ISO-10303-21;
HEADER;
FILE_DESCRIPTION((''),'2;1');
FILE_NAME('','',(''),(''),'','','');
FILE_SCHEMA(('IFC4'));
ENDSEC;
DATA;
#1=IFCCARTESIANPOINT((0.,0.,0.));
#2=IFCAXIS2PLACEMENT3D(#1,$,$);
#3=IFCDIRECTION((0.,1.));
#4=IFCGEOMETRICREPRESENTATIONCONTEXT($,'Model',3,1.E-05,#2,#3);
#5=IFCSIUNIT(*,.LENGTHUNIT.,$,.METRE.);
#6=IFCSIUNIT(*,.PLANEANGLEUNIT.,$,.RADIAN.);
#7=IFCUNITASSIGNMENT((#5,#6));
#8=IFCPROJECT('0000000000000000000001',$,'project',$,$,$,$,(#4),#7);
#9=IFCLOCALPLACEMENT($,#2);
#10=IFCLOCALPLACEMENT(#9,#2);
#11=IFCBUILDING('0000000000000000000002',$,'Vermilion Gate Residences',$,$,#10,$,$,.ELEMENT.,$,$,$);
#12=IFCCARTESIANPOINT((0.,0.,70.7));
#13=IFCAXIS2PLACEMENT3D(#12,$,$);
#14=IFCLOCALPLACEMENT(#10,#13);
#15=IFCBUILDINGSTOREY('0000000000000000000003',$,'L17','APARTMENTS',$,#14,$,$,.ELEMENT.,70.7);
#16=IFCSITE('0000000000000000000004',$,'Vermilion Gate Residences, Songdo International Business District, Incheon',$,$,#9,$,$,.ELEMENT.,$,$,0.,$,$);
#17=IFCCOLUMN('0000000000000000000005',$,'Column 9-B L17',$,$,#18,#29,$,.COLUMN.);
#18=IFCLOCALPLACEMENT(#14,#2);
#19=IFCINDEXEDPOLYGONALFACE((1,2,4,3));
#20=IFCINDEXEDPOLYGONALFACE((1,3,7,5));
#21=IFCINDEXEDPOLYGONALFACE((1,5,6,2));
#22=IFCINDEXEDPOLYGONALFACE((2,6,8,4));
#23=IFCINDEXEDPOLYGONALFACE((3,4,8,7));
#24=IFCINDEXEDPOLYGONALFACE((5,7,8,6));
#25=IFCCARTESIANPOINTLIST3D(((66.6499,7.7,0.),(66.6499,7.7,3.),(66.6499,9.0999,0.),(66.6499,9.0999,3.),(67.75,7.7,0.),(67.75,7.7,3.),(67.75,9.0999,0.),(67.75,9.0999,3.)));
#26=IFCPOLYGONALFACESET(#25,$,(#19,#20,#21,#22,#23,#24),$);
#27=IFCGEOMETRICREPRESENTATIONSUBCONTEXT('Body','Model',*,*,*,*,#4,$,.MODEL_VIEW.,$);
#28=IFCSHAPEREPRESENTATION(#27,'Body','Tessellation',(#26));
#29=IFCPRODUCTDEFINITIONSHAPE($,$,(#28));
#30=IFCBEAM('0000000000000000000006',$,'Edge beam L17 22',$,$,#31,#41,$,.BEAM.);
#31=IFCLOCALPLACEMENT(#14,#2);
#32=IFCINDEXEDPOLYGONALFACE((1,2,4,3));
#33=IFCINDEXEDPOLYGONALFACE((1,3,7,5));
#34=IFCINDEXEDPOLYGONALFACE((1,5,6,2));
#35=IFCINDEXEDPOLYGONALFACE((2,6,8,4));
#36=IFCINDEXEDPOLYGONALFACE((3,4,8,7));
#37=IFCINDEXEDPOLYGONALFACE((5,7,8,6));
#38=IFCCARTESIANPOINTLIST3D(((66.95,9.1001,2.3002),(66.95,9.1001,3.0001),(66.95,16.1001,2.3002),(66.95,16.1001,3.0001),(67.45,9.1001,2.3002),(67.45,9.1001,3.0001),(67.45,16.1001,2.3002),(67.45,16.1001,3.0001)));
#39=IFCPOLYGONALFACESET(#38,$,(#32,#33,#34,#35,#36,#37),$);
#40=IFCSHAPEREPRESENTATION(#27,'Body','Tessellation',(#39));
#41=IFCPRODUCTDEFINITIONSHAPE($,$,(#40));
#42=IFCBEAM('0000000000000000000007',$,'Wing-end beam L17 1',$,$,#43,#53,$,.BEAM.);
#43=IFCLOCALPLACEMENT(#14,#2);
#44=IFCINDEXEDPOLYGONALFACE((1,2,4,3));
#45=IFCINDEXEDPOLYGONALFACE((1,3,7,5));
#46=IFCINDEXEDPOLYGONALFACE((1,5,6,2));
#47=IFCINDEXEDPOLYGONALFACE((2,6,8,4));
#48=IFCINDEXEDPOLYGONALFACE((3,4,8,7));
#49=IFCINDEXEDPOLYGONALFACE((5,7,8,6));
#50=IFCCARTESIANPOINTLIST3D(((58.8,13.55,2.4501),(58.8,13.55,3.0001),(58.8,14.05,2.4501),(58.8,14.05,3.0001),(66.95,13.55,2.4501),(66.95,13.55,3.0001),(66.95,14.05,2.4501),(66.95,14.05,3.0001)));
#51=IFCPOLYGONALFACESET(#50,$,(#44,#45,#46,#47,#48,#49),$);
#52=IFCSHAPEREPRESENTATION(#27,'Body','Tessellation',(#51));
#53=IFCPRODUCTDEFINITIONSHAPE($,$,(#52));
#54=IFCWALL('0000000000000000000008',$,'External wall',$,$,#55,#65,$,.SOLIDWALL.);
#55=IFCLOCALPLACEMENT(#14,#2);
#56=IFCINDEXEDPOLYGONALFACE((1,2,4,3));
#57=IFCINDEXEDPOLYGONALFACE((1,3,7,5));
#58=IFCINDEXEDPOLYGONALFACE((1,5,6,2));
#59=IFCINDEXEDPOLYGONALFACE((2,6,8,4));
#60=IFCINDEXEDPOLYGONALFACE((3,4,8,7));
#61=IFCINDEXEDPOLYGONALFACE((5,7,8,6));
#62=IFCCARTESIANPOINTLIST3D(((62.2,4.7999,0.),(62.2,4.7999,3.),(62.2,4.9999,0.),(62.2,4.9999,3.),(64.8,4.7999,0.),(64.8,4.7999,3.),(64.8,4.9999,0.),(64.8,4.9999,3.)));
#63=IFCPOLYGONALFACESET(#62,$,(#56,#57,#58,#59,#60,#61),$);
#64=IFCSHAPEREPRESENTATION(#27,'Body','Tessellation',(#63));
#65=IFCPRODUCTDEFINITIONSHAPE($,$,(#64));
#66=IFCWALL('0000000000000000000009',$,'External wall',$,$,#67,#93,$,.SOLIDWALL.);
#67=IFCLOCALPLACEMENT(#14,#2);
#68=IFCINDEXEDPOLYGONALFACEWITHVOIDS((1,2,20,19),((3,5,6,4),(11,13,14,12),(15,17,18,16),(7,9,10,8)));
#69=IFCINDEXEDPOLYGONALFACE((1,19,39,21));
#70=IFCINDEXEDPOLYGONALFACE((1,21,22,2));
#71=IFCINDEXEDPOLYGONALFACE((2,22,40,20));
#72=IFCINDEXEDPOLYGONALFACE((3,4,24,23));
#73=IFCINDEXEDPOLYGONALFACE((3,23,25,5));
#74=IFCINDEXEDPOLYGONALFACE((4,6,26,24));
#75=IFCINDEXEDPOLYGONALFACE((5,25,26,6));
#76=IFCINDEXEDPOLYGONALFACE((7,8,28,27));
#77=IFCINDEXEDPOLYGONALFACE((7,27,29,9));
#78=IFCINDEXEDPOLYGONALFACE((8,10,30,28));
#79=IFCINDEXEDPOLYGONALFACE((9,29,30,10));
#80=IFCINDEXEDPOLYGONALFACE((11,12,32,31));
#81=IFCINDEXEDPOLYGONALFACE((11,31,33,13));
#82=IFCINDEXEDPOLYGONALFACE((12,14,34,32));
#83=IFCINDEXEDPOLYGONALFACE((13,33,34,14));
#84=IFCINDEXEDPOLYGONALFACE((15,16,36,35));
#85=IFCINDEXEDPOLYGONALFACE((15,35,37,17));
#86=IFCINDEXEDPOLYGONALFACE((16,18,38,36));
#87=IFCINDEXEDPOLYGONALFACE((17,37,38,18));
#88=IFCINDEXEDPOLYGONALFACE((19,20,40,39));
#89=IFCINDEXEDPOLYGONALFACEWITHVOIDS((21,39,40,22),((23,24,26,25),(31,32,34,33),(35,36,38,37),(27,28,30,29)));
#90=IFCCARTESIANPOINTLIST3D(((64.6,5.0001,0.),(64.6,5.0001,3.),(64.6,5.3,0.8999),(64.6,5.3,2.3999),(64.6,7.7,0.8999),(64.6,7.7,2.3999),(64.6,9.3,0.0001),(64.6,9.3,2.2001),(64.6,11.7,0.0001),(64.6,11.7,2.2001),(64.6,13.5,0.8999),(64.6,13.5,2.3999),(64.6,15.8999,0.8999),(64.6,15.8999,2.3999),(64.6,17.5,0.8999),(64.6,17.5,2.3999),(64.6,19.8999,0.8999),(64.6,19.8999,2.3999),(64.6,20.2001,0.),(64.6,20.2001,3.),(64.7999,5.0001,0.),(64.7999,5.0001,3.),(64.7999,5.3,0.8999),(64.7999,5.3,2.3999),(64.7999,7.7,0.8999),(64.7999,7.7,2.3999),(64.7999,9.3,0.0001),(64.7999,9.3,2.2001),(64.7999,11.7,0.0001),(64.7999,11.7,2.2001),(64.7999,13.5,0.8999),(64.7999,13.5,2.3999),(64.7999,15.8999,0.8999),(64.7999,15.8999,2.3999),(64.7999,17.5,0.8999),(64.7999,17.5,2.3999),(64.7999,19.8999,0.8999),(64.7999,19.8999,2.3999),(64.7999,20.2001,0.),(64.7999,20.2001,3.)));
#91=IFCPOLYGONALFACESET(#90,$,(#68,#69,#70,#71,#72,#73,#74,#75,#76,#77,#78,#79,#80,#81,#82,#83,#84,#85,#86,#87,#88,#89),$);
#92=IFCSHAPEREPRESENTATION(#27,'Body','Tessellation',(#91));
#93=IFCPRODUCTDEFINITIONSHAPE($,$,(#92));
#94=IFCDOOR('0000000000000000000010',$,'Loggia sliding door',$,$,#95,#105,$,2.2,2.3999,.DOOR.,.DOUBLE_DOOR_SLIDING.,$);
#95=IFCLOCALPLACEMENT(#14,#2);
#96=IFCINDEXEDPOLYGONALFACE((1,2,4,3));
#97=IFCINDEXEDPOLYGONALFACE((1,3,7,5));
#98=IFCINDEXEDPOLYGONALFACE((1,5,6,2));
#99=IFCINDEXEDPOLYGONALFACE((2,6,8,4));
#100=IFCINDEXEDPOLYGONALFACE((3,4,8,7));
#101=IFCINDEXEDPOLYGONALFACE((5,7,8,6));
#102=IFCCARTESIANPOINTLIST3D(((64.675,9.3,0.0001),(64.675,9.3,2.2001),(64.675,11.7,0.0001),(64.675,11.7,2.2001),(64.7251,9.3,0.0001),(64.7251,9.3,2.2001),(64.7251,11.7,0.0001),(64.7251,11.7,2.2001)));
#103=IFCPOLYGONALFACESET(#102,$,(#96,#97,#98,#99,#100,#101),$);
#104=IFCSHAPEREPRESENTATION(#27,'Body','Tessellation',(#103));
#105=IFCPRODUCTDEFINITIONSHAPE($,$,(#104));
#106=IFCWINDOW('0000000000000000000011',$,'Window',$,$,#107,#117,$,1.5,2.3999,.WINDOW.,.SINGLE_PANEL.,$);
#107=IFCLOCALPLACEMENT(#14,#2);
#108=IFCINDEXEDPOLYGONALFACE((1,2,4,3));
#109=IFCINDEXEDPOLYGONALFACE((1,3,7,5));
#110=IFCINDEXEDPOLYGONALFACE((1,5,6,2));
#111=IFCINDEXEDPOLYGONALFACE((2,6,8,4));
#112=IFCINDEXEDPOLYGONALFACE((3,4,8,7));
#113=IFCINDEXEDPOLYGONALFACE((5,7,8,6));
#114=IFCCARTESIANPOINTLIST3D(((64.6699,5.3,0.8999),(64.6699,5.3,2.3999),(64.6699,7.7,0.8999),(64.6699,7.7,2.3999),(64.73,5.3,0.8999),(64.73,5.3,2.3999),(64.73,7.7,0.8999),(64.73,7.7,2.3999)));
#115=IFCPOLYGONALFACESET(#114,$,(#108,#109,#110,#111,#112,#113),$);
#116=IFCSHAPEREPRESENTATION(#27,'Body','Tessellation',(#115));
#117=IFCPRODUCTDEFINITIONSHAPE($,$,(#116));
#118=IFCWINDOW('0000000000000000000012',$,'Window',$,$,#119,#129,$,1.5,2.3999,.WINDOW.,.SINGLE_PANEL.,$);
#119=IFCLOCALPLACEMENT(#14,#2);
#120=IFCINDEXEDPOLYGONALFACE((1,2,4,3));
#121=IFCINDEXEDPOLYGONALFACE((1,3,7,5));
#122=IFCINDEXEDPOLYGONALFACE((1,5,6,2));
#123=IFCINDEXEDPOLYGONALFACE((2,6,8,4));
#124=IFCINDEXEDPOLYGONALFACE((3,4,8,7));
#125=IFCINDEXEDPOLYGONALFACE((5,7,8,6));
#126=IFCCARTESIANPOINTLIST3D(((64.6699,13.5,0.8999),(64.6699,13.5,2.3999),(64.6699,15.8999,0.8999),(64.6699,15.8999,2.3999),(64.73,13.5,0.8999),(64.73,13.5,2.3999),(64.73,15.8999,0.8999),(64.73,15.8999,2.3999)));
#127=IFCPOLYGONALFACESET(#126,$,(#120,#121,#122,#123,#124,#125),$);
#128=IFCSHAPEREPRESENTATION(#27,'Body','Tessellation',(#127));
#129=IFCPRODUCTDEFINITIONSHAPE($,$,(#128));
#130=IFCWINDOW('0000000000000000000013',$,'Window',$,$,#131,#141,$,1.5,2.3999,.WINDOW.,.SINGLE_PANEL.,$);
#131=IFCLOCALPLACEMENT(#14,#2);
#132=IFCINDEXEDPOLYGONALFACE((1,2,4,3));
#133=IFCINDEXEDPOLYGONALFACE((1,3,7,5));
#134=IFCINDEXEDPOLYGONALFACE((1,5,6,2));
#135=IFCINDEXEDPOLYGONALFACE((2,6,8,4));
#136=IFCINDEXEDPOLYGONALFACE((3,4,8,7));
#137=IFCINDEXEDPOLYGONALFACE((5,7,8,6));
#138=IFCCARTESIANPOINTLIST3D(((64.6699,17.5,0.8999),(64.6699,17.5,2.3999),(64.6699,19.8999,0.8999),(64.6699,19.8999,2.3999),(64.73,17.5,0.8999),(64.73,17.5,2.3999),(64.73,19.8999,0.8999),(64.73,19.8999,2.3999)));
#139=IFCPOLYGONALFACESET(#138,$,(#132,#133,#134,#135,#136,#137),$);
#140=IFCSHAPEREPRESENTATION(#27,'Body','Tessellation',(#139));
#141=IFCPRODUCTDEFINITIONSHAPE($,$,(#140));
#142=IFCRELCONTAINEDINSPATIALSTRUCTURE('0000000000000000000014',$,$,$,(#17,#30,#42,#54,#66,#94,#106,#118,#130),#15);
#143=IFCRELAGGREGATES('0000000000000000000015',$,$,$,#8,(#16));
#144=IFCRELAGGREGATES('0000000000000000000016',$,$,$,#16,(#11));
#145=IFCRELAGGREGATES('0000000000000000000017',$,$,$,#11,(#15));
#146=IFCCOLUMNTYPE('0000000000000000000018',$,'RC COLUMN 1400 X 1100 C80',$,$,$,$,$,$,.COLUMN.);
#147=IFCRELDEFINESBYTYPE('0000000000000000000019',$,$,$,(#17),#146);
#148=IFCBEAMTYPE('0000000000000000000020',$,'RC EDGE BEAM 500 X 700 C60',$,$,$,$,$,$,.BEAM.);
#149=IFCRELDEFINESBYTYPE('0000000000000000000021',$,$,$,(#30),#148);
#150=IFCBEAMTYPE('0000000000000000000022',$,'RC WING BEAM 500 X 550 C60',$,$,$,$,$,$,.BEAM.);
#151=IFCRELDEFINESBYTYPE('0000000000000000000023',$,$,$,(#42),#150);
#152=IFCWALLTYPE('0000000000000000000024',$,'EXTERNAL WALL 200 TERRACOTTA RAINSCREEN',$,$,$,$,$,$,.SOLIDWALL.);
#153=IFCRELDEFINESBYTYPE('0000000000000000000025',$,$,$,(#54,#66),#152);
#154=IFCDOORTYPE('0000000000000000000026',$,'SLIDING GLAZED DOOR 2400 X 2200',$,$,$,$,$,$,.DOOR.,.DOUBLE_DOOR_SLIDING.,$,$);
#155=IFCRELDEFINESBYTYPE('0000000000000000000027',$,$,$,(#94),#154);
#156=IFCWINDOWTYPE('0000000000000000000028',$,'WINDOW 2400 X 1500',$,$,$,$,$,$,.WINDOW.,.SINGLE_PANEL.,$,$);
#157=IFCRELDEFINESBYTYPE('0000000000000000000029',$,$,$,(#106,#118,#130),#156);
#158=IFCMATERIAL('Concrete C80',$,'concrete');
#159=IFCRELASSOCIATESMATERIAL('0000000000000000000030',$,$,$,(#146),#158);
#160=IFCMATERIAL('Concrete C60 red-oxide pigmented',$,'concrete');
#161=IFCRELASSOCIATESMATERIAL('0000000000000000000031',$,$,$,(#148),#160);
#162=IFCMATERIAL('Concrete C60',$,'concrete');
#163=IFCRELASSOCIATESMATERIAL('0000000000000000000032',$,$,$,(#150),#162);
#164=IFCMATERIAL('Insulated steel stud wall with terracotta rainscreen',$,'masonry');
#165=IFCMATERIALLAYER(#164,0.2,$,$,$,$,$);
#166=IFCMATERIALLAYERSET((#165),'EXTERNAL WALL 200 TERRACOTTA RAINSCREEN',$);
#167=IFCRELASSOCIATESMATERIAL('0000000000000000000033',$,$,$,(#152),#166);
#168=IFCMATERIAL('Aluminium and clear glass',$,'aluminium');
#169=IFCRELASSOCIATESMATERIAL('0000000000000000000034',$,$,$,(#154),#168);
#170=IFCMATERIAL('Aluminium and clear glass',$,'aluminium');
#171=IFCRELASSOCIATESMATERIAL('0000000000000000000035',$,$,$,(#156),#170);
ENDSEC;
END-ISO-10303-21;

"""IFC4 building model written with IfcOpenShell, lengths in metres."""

from ifc_helpers import new_model, si_unit, direction, frame, frame_2d, origin, origin_2d, place, context, subcontext, project, spatial, rectangle, extrude, material, layer, layer_set, material_profile, profile_set, type_object, element, fill, save


model = new_model("IFC4")

# Units and contexts
model_context = context("Model", 3, precision=1e-05, world=origin(), true_north=direction((0.0, 1.0)))
body_context = subcontext(model_context, "Body", "Model", "MODEL_VIEW")
ifc_project = project(units=[si_unit("LENGTHUNIT", "METRE"), si_unit("PLANEANGLEUNIT", "RADIAN")], contexts=[model_context])

# Site, building, storey
site_placement = place(None, origin())
site = spatial("IfcSite", under=ifc_project, at=site_placement, Name="Vermilion Gate Residences, Songdo International Business District, Incheon", CompositionType="ELEMENT", RefElevation=0.0)
building_placement = place(site_placement, origin())
building = spatial("IfcBuilding", under=site, at=building_placement, Name="Vermilion Gate Residences", CompositionType="ELEMENT")
storey_placement = place(building_placement, frame((0.0, 0.0, 70.7)))
storey = spatial("IfcBuildingStorey", under=building, at=storey_placement, Name="L17", Description="APARTMENTS", CompositionType="ELEMENT", Elevation=70.7)

# Column
ifc_material_1 = material(Name="Concrete C80", Category="concrete")
ifc_material_profile_1 = material_profile(ifc_material_1, rectangle(XDim=1.3999, YDim=1.1001, at=origin_2d()), Name="RC-1400x1100")
ifc_profile_set_1 = profile_set([ifc_material_profile_1], Name="Concrete C80")
column_type = type_object("IfcColumnType", Name="RC COLUMN 1400 X 1100 C80", PredefinedType="COLUMN", material=ifc_profile_set_1)
column_placement = place(storey_placement, frame((67.2, 8.3999, 0.0), z_axis=(0.0, 0.0, 1.0), x_axis=(0.0, 1.0, 0.0)))
element("IfcColumn", 1, at=column_placement, inside=storey, type_object=column_type, Name="Column 9-B L17", PredefinedType="COLUMN", context=body_context, shape_type="SweptSolid", body=[
    extrude(rectangle(XDim=1.3999, YDim=1.1001, at=origin_2d()), origin(), (0.0, 0.0, 1.0), 3.0),
])

# Beams
ifc_material_2 = material(Name="Concrete C60 red-oxide pigmented", Category="concrete")
ifc_material_profile_2 = material_profile(ifc_material_2, rectangle(XDim=0.5, YDim=0.7, at=origin_2d()), Name="RC-500x700")
ifc_profile_set_2 = profile_set([ifc_material_profile_2], Name="Concrete C60 red-oxide pigmented")
beam_type_1 = type_object("IfcBeamType", Name="RC EDGE BEAM 500 X 700 C60", PredefinedType="BEAM", material=ifc_profile_set_2)
beam_1_placement = place(storey_placement, frame((67.2, 9.1001, 2.6501), z_axis=(0.0, 1.0, 0.0), x_axis=(-1.0, 0.0, 0.0)))
element("IfcBeam", 2, at=beam_1_placement, inside=storey, type_object=beam_type_1, Name="Edge beam L17 22", PredefinedType="BEAM", context=body_context, shape_type="SweptSolid", body=[
    extrude(rectangle(XDim=0.5, YDim=0.7, at=origin_2d()), origin(), (0.0, 0.0, 1.0), 7.0),
])
ifc_material_3 = material(Name="Concrete C60", Category="concrete")
ifc_material_profile_3 = material_profile(ifc_material_3, rectangle(XDim=0.5, YDim=0.55, at=origin_2d()), Name="RC-500x550")
ifc_profile_set_3 = profile_set([ifc_material_profile_3], Name="Concrete C60")
beam_type_2 = type_object("IfcBeamType", Name="RC WING BEAM 500 X 550 C60", PredefinedType="BEAM", material=ifc_profile_set_3)
beam_2_placement = place(storey_placement, frame((58.8, 13.8, 2.7251), z_axis=(1.0, 0.0, 0.0), x_axis=(0.0, 1.0, 0.0)))
element("IfcBeam", 3, at=beam_2_placement, inside=storey, type_object=beam_type_2, Name="Wing-end beam L17 1", PredefinedType="BEAM", context=body_context, shape_type="SweptSolid", body=[
    extrude(rectangle(XDim=0.5, YDim=0.55, at=origin_2d()), origin(), (0.0, 0.0, 1.0), 8.1499),
])

# Wall
ifc_material_4 = material(Name="Insulated steel stud wall with terracotta rainscreen", Category="masonry")
ifc_layer_1 = layer(ifc_material_4, 0.2)
ifc_layer_set_1 = layer_set([ifc_layer_1], Name="EXTERNAL WALL 200 TERRACOTTA RAINSCREEN")
wall_type_1 = type_object("IfcWallType", Name="EXTERNAL WALL 200 TERRACOTTA RAINSCREEN", PredefinedType="SOLIDWALL", material=ifc_layer_set_1)
wall_1_placement = place(storey_placement, frame((62.2, 4.8999, 0.0), z_axis=(0.0, 0.0, 1.0), x_axis=(1.0, 0.0, 0.0)))
element("IfcWall", 4, at=wall_1_placement, inside=storey, type_object=wall_type_1, Name="External wall", PredefinedType="SOLIDWALL", context=body_context, shape_type="SweptSolid", body=[
    extrude(rectangle(XDim=2.6001, YDim=0.2, at=frame_2d((1.3, 0.0))), origin(), (0.0, 0.0, 1.0), 3.0),
])

# Wall, openings, door, windows
wall_2_placement = place(storey_placement, frame((64.7, 5.0, 0.0), z_axis=(0.0, 0.0, 1.0), x_axis=(0.0, 1.0, 0.0)))
wall_2 = element("IfcWall", 5, at=wall_2_placement, inside=storey, type_object=wall_type_1, Name="External wall", PredefinedType="SOLIDWALL", context=body_context, shape_type="SweptSolid", body=[
    extrude(rectangle(XDim=15.2, YDim=0.2, at=frame_2d((7.6001, 0.0))), origin(), (0.0, 0.0, 1.0), 3.0),
])
opening_1_placement = place(wall_2_placement, frame((0.3, 0.0, 0.8999)))
opening_1 = element("IfcOpeningElement", 6, at=opening_1_placement, cuts=wall_2, PredefinedType="OPENING", context=body_context, shape_type="SweptSolid", body=[
    extrude(rectangle(XDim=2.3999, YDim=1.5, at=frame_2d((1.2, 0.75))), frame((0.0, 0.1099, 0.0), z_axis=(0.0, -1.0, 0.0), x_axis=(1.0, 0.0, 0.0)), (0.0, 0.0, 1.0), 0.22),
])
opening_2_placement = place(wall_2_placement, frame((4.3, 0.0, 0.0)))
opening_2 = element("IfcOpeningElement", 7, at=opening_2_placement, cuts=wall_2, PredefinedType="OPENING", context=body_context, shape_type="SweptSolid", body=[
    extrude(rectangle(XDim=2.3999, YDim=2.2, at=frame_2d((1.2, 1.1001))), frame((0.0, 0.1099, 0.0), z_axis=(0.0, -1.0, 0.0), x_axis=(1.0, 0.0, 0.0)), (0.0, 0.0, 1.0), 0.22),
])
opening_3_placement = place(wall_2_placement, frame((8.5, 0.0, 0.8999)))
opening_3 = element("IfcOpeningElement", 8, at=opening_3_placement, cuts=wall_2, PredefinedType="OPENING", context=body_context, shape_type="SweptSolid", body=[
    extrude(rectangle(XDim=2.3999, YDim=1.5, at=frame_2d((1.2, 0.75))), frame((0.0, 0.1099, 0.0), z_axis=(0.0, -1.0, 0.0), x_axis=(1.0, 0.0, 0.0)), (0.0, 0.0, 1.0), 0.22),
])
opening_4_placement = place(wall_2_placement, frame((12.5, 0.0, 0.8999)))
opening_4 = element("IfcOpeningElement", 9, at=opening_4_placement, cuts=wall_2, PredefinedType="OPENING", context=body_context, shape_type="SweptSolid", body=[
    extrude(rectangle(XDim=2.3999, YDim=1.5, at=frame_2d((1.2, 0.75))), frame((0.0, 0.1099, 0.0), z_axis=(0.0, -1.0, 0.0), x_axis=(1.0, 0.0, 0.0)), (0.0, 0.0, 1.0), 0.22),
])
ifc_material_5 = material(Name="Aluminium and clear glass", Category="aluminium")
door_type_1 = type_object("IfcDoorType", Name="SLIDING GLAZED DOOR 2400 X 2200", OperationType="DOUBLE_DOOR_SLIDING", PredefinedType="DOOR", material=ifc_material_5)
door_1_placement = place(opening_2_placement, origin())
door_1 = element("IfcDoor", 10, at=door_1_placement, inside=storey, type_object=door_type_1, Name="Loggia sliding door", OperationType="DOUBLE_DOOR_SLIDING", OverallHeight=2.2, OverallWidth=2.3999, PredefinedType="DOOR", context=body_context, shape_type="SweptSolid", body=[
    extrude(rectangle(XDim=2.3999, YDim=2.2, at=frame_2d((1.2, 1.1001))), frame((0.0, 0.0249, 0.0), z_axis=(0.0, -1.0, 0.0), x_axis=(1.0, 0.0, 0.0)), (0.0, 0.0, 1.0), 0.05),
])
fill(opening_2, door_1)
ifc_material_6 = material(Name="Aluminium and clear glass", Category="aluminium")
window_type = type_object("IfcWindowType", Name="WINDOW 2400 X 1500", PartitioningType="SINGLE_PANEL", PredefinedType="WINDOW", material=ifc_material_6)
window_1_placement = place(opening_1_placement, origin())
window_1 = element("IfcWindow", 11, at=window_1_placement, inside=storey, type_object=window_type, Name="Window", OverallHeight=1.5, OverallWidth=2.3999, PartitioningType="SINGLE_PANEL", PredefinedType="WINDOW", context=body_context, shape_type="SweptSolid", body=[
    extrude(rectangle(XDim=2.3999, YDim=1.5, at=frame_2d((1.2, 0.75))), frame((0.0, 0.03, 0.0), z_axis=(0.0, -1.0, 0.0), x_axis=(1.0, 0.0, 0.0)), (0.0, 0.0, 1.0), 0.0601),
])
fill(opening_1, window_1)
window_2_placement = place(opening_3_placement, origin())
window_2 = element("IfcWindow", 12, at=window_2_placement, inside=storey, type_object=window_type, Name="Window", OverallHeight=1.5, OverallWidth=2.3999, PartitioningType="SINGLE_PANEL", PredefinedType="WINDOW", context=body_context, shape_type="SweptSolid", body=[
    extrude(rectangle(XDim=2.3999, YDim=1.5, at=frame_2d((1.2, 0.75))), frame((0.0, 0.03, 0.0), z_axis=(0.0, -1.0, 0.0), x_axis=(1.0, 0.0, 0.0)), (0.0, 0.0, 1.0), 0.0601),
])
fill(opening_3, window_2)
window_3_placement = place(opening_4_placement, origin())
window_3 = element("IfcWindow", 13, at=window_3_placement, inside=storey, type_object=window_type, Name="Window", OverallHeight=1.5, OverallWidth=2.3999, PartitioningType="SINGLE_PANEL", PredefinedType="WINDOW", context=body_context, shape_type="SweptSolid", body=[
    extrude(rectangle(XDim=2.3999, YDim=1.5, at=frame_2d((1.2, 0.75))), frame((0.0, 0.03, 0.0), z_axis=(0.0, -1.0, 0.0), x_axis=(1.0, 0.0, 0.0)), (0.0, 0.0, 1.0), 0.0601),
])
fill(opening_4, window_3)

save(model, "model.ifc")
